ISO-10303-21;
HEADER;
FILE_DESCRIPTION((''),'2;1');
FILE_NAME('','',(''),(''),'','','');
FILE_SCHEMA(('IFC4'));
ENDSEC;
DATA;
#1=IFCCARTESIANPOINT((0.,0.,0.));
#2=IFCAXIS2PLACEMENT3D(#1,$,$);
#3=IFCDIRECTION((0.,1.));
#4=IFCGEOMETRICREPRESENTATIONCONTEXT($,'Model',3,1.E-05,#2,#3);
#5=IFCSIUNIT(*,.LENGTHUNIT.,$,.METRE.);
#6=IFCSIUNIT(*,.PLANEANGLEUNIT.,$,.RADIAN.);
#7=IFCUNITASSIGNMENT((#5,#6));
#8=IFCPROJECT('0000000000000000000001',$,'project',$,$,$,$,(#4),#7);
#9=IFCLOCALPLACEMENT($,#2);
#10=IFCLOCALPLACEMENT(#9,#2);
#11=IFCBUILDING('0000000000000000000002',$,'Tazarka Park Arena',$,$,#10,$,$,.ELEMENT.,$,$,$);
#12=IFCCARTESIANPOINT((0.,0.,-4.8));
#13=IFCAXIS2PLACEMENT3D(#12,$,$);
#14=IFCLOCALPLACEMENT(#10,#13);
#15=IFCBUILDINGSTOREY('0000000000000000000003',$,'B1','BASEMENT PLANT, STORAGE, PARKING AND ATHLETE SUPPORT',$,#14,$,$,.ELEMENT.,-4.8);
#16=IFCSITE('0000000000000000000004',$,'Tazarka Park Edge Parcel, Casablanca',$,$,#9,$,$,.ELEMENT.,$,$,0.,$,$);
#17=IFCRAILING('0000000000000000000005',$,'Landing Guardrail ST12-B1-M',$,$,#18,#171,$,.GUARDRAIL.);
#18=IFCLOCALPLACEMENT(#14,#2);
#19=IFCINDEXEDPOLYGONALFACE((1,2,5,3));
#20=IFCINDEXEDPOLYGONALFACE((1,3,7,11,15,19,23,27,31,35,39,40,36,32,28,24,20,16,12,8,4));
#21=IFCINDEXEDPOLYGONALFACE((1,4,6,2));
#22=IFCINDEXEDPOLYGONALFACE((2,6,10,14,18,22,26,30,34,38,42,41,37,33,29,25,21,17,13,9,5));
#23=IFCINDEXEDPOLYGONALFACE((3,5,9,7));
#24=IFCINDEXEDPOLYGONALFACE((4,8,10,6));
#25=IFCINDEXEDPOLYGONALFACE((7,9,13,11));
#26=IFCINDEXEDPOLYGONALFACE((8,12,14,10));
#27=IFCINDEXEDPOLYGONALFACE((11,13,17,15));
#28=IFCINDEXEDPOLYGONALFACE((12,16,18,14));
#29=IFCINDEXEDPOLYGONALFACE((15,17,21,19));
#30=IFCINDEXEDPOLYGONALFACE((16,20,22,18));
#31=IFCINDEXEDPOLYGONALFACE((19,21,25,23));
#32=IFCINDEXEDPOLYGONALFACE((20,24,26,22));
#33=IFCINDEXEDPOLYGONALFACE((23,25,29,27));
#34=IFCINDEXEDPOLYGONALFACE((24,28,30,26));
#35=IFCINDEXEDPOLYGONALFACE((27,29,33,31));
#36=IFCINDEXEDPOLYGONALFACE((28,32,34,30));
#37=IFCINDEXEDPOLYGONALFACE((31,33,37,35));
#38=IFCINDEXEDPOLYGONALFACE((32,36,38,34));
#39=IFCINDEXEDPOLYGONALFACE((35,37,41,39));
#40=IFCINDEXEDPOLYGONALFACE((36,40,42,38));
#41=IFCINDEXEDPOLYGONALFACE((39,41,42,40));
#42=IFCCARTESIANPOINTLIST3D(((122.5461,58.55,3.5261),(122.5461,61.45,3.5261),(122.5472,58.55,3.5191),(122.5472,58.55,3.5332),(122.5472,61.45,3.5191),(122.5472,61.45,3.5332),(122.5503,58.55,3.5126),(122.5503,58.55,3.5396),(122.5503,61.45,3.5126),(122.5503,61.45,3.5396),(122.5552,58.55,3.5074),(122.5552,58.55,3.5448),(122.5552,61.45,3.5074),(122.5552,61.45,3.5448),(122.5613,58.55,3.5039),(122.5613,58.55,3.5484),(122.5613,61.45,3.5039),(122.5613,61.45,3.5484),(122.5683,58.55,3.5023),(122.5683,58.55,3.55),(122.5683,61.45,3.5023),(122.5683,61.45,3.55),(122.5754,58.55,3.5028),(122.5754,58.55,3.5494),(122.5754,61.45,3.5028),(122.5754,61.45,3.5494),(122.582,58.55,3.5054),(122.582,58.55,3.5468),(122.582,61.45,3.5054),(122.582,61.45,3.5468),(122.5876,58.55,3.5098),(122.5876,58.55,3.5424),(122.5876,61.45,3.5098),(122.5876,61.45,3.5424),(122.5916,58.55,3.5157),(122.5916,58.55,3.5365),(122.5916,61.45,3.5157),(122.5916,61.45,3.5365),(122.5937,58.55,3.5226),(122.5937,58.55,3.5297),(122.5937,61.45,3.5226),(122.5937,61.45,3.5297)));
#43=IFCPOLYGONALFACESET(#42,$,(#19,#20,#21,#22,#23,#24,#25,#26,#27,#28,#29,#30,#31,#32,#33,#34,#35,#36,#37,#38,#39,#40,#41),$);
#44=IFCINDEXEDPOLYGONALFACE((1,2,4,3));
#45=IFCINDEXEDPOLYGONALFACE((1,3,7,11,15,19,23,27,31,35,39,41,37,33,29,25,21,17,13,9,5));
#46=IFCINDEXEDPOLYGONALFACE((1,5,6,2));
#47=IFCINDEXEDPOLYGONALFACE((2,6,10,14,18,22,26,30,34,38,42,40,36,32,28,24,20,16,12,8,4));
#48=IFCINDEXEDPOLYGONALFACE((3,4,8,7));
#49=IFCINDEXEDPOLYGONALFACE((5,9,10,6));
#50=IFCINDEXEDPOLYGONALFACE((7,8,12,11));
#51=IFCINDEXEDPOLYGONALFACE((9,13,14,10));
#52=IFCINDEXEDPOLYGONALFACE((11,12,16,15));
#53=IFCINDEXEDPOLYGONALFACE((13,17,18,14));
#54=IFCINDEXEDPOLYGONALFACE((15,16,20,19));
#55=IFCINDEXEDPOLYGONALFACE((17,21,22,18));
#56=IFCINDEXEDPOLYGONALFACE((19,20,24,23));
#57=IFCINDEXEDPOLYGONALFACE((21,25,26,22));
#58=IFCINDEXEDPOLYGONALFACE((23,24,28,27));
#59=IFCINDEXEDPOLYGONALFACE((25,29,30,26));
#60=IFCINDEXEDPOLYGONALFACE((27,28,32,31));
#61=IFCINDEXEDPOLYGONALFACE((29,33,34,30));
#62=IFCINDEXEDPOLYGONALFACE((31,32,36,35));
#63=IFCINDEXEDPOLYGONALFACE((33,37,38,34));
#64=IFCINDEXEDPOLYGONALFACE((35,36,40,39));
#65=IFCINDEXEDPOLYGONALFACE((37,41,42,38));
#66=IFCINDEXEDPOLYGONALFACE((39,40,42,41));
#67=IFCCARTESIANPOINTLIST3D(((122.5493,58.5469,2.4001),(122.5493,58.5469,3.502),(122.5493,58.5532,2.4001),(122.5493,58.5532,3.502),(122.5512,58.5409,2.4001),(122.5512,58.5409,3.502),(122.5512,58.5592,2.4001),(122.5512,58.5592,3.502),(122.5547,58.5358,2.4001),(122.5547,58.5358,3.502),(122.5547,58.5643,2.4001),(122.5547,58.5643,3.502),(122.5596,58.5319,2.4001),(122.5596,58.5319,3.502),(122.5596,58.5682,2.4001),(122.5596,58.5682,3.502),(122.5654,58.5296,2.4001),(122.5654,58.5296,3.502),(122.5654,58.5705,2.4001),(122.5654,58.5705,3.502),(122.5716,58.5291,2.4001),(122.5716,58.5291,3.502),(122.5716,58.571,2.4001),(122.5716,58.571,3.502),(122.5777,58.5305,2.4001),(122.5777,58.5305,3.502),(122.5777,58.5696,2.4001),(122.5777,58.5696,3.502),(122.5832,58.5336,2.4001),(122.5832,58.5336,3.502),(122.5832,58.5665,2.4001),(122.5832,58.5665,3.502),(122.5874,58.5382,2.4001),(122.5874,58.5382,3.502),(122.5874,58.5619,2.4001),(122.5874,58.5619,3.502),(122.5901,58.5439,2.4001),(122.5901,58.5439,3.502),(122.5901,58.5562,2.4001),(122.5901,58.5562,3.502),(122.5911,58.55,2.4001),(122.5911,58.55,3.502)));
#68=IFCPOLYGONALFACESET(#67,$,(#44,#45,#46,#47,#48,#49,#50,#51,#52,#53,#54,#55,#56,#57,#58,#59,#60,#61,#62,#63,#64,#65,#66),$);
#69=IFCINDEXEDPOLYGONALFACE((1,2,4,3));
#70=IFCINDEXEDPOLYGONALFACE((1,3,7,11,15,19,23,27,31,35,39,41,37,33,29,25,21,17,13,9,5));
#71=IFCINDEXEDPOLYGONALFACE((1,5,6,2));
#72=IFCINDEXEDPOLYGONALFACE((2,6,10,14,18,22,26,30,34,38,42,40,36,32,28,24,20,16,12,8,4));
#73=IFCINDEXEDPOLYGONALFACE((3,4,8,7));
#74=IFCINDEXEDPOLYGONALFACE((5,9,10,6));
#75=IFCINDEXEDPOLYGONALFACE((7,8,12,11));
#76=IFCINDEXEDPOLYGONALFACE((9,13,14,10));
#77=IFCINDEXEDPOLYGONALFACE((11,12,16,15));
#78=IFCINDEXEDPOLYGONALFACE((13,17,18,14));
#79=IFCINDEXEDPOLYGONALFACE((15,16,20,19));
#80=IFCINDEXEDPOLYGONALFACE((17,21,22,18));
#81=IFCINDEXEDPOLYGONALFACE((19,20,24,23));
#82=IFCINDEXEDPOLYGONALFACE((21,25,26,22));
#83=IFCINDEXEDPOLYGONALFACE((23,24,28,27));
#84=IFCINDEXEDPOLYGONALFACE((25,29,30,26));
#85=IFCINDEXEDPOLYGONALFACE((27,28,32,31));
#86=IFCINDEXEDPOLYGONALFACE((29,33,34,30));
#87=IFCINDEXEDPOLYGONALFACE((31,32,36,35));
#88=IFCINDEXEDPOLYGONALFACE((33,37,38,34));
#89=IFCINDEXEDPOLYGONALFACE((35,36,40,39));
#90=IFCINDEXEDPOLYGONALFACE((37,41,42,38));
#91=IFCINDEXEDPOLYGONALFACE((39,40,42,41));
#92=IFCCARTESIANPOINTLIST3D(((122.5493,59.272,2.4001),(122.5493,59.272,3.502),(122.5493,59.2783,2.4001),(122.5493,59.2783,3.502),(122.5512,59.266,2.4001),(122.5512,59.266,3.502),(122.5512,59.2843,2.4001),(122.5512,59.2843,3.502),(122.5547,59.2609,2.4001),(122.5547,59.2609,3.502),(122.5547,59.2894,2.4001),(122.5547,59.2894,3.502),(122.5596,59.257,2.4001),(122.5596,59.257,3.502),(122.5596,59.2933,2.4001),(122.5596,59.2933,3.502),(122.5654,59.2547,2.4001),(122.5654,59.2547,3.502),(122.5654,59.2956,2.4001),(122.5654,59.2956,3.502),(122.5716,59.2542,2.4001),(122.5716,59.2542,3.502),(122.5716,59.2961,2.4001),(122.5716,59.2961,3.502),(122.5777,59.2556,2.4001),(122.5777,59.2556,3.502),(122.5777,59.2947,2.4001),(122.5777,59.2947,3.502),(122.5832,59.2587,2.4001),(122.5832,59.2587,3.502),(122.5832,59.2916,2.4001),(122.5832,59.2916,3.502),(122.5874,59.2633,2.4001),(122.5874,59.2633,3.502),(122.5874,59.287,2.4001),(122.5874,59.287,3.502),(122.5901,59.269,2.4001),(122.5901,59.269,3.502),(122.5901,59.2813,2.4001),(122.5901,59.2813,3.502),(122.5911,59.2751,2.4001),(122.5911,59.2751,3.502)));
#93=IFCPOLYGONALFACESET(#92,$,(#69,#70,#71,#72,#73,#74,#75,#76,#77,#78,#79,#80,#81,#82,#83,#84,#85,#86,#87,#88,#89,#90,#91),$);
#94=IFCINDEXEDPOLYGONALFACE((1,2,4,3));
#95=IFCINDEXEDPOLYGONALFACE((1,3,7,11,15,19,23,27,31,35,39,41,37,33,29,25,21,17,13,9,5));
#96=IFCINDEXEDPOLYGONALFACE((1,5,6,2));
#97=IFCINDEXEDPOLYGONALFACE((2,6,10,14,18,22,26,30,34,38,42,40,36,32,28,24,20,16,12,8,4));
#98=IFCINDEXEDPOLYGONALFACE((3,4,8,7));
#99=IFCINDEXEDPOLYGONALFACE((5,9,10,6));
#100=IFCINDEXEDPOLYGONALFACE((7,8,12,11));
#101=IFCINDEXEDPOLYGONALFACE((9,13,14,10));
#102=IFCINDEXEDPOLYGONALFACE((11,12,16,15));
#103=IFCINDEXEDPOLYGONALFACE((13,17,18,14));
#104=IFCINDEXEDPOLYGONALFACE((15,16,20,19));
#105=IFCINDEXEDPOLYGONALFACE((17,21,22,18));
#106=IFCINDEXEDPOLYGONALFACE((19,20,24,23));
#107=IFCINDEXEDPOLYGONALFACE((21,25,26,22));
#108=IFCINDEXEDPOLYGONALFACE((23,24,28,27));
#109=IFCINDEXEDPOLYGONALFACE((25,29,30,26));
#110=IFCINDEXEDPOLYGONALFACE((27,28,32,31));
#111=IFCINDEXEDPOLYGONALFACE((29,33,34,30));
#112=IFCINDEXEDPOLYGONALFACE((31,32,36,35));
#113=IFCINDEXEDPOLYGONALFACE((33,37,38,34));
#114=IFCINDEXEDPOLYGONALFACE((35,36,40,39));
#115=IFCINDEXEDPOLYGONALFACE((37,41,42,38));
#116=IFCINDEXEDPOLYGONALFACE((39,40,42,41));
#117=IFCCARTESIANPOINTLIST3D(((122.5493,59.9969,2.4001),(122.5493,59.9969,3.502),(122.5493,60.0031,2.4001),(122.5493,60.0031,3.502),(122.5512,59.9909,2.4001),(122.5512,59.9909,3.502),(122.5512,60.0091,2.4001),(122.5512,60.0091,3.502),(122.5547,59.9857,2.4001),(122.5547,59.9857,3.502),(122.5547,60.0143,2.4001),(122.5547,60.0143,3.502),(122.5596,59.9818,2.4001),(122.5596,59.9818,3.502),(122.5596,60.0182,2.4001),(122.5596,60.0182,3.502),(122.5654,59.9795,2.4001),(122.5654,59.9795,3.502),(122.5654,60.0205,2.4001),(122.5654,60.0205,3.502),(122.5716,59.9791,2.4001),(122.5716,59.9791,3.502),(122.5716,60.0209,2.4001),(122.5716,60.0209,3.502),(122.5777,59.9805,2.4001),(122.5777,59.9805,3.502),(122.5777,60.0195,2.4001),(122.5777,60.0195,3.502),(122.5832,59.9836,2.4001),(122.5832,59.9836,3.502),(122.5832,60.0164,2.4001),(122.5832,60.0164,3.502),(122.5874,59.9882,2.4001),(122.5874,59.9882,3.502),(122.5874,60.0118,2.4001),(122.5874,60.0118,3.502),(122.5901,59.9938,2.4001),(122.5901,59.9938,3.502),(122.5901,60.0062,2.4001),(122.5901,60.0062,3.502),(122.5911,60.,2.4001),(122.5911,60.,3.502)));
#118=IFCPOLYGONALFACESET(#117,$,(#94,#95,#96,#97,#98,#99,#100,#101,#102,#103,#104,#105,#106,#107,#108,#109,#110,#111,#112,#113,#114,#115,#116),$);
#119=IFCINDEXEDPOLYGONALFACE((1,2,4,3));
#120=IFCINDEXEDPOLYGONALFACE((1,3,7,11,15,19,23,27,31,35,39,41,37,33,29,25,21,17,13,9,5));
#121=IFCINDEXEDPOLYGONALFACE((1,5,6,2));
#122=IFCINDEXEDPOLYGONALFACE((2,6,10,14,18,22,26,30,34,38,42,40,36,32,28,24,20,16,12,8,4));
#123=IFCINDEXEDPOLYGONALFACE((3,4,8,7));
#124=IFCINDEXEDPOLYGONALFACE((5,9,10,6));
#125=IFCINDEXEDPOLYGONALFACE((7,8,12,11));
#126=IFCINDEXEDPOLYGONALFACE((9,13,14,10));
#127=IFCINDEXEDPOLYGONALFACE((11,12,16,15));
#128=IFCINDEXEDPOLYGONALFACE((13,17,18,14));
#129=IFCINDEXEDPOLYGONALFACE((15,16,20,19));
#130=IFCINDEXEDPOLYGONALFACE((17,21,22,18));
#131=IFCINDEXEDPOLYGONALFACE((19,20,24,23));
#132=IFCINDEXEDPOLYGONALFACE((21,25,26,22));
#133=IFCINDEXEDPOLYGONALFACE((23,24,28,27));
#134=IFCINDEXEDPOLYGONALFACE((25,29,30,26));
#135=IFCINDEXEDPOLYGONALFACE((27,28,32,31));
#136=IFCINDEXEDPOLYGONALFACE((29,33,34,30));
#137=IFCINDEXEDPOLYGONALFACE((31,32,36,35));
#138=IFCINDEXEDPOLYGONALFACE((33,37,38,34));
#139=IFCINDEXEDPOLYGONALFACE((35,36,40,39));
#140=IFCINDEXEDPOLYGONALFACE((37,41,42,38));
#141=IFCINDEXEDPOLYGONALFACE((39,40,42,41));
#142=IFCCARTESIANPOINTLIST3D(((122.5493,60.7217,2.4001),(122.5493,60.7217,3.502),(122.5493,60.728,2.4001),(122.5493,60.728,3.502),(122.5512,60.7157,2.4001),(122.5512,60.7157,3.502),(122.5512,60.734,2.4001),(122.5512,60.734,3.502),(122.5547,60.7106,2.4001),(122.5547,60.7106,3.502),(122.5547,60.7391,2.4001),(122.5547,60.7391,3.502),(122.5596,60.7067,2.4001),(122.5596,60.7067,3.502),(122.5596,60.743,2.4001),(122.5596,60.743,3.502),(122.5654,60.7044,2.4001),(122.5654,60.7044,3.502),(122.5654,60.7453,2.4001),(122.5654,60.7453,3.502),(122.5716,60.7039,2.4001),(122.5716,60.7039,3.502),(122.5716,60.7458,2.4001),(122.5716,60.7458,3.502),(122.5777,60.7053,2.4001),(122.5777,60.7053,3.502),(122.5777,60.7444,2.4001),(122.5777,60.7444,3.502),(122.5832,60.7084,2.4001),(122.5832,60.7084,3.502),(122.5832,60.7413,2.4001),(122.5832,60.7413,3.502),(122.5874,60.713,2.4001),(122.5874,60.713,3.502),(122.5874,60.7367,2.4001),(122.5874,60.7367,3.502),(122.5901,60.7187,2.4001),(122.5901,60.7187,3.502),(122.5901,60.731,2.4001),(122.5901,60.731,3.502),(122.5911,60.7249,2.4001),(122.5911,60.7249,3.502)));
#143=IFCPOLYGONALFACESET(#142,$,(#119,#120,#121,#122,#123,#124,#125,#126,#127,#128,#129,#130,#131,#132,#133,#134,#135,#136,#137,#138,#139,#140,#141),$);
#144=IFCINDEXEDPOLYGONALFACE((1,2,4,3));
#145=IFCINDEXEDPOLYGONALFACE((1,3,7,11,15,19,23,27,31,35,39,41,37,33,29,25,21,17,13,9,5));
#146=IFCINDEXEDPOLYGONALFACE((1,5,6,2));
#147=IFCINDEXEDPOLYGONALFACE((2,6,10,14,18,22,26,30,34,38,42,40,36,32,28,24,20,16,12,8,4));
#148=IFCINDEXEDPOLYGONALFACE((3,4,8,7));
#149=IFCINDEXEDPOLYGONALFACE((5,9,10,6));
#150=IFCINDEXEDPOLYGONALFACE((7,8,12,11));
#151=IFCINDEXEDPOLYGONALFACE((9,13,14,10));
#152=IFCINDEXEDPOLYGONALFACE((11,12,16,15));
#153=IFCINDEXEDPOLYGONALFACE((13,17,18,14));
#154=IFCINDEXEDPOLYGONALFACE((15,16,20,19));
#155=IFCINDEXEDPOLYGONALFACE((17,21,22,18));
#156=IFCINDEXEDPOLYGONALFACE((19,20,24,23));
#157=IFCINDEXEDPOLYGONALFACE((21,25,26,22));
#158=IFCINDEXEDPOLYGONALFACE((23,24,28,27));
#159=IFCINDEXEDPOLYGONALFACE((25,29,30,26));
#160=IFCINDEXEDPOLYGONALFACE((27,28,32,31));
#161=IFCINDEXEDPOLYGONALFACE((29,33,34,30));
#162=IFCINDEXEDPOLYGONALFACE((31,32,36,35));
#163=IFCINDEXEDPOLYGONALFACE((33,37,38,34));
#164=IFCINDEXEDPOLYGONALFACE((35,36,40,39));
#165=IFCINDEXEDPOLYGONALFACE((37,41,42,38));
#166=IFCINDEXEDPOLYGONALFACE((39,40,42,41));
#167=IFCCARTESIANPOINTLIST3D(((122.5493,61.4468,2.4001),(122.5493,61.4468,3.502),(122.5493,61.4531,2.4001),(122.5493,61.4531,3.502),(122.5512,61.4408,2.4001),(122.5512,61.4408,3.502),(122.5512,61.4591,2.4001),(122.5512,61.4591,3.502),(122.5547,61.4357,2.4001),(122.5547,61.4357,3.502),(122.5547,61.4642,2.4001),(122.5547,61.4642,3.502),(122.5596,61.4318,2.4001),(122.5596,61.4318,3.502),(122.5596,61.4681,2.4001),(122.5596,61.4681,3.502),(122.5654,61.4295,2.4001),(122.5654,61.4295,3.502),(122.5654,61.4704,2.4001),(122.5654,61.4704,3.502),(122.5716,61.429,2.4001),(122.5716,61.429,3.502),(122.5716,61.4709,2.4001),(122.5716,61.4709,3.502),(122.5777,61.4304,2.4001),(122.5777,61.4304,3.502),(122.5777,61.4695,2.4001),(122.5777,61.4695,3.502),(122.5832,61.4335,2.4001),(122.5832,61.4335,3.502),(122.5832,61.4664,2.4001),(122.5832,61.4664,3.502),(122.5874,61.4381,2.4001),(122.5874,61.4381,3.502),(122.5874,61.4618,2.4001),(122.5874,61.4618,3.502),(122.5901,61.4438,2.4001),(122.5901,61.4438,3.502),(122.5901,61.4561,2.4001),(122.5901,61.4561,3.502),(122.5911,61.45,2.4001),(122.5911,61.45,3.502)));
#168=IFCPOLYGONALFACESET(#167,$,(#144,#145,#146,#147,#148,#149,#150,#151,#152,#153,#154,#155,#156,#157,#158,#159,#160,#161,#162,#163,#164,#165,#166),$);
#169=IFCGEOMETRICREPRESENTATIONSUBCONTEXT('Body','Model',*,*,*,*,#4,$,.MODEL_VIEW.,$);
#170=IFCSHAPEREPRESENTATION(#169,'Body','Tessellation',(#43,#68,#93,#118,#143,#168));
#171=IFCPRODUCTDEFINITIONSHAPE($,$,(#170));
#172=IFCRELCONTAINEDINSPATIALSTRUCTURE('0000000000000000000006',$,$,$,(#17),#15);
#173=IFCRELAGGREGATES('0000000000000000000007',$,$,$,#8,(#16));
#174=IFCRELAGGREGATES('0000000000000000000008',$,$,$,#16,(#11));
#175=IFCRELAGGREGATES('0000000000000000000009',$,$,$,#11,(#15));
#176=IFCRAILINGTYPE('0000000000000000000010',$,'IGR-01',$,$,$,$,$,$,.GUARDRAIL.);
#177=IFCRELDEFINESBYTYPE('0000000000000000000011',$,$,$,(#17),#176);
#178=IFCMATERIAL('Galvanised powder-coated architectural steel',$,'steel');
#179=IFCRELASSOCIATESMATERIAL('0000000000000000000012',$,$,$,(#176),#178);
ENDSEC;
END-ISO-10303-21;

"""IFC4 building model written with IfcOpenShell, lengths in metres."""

from ifc_helpers import new_model, si_unit, direction, frame, origin, origin_2d, place, context, subcontext, project, spatial, circle, extrude, material, type_object, element, save


model = new_model("IFC4")

# Units and contexts
model_context = context("Model", 3, precision=1e-05, world=origin(), true_north=direction((0.0, 1.0)))
body_context = subcontext(model_context, "Body", "Model", "MODEL_VIEW")
ifc_project = project(units=[si_unit("LENGTHUNIT", "METRE"), si_unit("PLANEANGLEUNIT", "RADIAN")], contexts=[model_context])

# Site, building, storey
site_placement = place(None, origin())
site = spatial("IfcSite", under=ifc_project, at=site_placement, Name="Tazarka Park Edge Parcel, Casablanca", CompositionType="ELEMENT", RefElevation=0.0)
building_placement = place(site_placement, origin())
building = spatial("IfcBuilding", under=site, at=building_placement, Name="Tazarka Park Arena", CompositionType="ELEMENT")
storey_placement = place(building_placement, frame((0.0, 0.0, -4.8)))
storey = spatial("IfcBuildingStorey", under=building, at=storey_placement, Name="B1", Description="BASEMENT PLANT, STORAGE, PARKING AND ATHLETE SUPPORT", CompositionType="ELEMENT", Elevation=-4.8)

# Railing
ifc_material_1 = material(Name="Galvanised powder-coated architectural steel", Category="steel")
railing_type_1 = type_object("IfcRailingType", Name="IGR-01", PredefinedType="GUARDRAIL", material=ifc_material_1)
railing_1_placement = place(storey_placement, frame((122.5701, 58.55, 2.4001)))
element("IfcRailing", 1, at=railing_1_placement, inside=storey, type_object=railing_type_1, Name="Landing Guardrail ST12-B1-M", PredefinedType="GUARDRAIL", context=body_context, shape_type="SweptSolid", body=[
    extrude(circle(Radius=0.0239, at=origin_2d()), frame((0.0, 0.0, 1.126), z_axis=(0.0, 1.0, 0.0), x_axis=(-1.0, 0.0, 0.0)), (0.0, 0.0, 1.0), 2.8999),
    extrude(circle(Radius=0.021, at=origin_2d()), origin(), (0.0, 0.0, 1.0), 1.1018),
    extrude(circle(Radius=0.021, at=origin_2d()), frame((0.0, 0.7251, 0.0)), (0.0, 0.0, 1.0), 1.1018),
    extrude(circle(Radius=0.021, at=origin_2d()), frame((0.0, 1.45, 0.0)), (0.0, 0.0, 1.0), 1.1018),
    extrude(circle(Radius=0.021, at=origin_2d()), frame((0.0, 2.1748, 0.0)), (0.0, 0.0, 1.0), 1.1018),
    extrude(circle(Radius=0.021, at=origin_2d()), frame((0.0, 2.8999, 0.0)), (0.0, 0.0, 1.0), 1.1018),
])

save(model, "model.ifc")
